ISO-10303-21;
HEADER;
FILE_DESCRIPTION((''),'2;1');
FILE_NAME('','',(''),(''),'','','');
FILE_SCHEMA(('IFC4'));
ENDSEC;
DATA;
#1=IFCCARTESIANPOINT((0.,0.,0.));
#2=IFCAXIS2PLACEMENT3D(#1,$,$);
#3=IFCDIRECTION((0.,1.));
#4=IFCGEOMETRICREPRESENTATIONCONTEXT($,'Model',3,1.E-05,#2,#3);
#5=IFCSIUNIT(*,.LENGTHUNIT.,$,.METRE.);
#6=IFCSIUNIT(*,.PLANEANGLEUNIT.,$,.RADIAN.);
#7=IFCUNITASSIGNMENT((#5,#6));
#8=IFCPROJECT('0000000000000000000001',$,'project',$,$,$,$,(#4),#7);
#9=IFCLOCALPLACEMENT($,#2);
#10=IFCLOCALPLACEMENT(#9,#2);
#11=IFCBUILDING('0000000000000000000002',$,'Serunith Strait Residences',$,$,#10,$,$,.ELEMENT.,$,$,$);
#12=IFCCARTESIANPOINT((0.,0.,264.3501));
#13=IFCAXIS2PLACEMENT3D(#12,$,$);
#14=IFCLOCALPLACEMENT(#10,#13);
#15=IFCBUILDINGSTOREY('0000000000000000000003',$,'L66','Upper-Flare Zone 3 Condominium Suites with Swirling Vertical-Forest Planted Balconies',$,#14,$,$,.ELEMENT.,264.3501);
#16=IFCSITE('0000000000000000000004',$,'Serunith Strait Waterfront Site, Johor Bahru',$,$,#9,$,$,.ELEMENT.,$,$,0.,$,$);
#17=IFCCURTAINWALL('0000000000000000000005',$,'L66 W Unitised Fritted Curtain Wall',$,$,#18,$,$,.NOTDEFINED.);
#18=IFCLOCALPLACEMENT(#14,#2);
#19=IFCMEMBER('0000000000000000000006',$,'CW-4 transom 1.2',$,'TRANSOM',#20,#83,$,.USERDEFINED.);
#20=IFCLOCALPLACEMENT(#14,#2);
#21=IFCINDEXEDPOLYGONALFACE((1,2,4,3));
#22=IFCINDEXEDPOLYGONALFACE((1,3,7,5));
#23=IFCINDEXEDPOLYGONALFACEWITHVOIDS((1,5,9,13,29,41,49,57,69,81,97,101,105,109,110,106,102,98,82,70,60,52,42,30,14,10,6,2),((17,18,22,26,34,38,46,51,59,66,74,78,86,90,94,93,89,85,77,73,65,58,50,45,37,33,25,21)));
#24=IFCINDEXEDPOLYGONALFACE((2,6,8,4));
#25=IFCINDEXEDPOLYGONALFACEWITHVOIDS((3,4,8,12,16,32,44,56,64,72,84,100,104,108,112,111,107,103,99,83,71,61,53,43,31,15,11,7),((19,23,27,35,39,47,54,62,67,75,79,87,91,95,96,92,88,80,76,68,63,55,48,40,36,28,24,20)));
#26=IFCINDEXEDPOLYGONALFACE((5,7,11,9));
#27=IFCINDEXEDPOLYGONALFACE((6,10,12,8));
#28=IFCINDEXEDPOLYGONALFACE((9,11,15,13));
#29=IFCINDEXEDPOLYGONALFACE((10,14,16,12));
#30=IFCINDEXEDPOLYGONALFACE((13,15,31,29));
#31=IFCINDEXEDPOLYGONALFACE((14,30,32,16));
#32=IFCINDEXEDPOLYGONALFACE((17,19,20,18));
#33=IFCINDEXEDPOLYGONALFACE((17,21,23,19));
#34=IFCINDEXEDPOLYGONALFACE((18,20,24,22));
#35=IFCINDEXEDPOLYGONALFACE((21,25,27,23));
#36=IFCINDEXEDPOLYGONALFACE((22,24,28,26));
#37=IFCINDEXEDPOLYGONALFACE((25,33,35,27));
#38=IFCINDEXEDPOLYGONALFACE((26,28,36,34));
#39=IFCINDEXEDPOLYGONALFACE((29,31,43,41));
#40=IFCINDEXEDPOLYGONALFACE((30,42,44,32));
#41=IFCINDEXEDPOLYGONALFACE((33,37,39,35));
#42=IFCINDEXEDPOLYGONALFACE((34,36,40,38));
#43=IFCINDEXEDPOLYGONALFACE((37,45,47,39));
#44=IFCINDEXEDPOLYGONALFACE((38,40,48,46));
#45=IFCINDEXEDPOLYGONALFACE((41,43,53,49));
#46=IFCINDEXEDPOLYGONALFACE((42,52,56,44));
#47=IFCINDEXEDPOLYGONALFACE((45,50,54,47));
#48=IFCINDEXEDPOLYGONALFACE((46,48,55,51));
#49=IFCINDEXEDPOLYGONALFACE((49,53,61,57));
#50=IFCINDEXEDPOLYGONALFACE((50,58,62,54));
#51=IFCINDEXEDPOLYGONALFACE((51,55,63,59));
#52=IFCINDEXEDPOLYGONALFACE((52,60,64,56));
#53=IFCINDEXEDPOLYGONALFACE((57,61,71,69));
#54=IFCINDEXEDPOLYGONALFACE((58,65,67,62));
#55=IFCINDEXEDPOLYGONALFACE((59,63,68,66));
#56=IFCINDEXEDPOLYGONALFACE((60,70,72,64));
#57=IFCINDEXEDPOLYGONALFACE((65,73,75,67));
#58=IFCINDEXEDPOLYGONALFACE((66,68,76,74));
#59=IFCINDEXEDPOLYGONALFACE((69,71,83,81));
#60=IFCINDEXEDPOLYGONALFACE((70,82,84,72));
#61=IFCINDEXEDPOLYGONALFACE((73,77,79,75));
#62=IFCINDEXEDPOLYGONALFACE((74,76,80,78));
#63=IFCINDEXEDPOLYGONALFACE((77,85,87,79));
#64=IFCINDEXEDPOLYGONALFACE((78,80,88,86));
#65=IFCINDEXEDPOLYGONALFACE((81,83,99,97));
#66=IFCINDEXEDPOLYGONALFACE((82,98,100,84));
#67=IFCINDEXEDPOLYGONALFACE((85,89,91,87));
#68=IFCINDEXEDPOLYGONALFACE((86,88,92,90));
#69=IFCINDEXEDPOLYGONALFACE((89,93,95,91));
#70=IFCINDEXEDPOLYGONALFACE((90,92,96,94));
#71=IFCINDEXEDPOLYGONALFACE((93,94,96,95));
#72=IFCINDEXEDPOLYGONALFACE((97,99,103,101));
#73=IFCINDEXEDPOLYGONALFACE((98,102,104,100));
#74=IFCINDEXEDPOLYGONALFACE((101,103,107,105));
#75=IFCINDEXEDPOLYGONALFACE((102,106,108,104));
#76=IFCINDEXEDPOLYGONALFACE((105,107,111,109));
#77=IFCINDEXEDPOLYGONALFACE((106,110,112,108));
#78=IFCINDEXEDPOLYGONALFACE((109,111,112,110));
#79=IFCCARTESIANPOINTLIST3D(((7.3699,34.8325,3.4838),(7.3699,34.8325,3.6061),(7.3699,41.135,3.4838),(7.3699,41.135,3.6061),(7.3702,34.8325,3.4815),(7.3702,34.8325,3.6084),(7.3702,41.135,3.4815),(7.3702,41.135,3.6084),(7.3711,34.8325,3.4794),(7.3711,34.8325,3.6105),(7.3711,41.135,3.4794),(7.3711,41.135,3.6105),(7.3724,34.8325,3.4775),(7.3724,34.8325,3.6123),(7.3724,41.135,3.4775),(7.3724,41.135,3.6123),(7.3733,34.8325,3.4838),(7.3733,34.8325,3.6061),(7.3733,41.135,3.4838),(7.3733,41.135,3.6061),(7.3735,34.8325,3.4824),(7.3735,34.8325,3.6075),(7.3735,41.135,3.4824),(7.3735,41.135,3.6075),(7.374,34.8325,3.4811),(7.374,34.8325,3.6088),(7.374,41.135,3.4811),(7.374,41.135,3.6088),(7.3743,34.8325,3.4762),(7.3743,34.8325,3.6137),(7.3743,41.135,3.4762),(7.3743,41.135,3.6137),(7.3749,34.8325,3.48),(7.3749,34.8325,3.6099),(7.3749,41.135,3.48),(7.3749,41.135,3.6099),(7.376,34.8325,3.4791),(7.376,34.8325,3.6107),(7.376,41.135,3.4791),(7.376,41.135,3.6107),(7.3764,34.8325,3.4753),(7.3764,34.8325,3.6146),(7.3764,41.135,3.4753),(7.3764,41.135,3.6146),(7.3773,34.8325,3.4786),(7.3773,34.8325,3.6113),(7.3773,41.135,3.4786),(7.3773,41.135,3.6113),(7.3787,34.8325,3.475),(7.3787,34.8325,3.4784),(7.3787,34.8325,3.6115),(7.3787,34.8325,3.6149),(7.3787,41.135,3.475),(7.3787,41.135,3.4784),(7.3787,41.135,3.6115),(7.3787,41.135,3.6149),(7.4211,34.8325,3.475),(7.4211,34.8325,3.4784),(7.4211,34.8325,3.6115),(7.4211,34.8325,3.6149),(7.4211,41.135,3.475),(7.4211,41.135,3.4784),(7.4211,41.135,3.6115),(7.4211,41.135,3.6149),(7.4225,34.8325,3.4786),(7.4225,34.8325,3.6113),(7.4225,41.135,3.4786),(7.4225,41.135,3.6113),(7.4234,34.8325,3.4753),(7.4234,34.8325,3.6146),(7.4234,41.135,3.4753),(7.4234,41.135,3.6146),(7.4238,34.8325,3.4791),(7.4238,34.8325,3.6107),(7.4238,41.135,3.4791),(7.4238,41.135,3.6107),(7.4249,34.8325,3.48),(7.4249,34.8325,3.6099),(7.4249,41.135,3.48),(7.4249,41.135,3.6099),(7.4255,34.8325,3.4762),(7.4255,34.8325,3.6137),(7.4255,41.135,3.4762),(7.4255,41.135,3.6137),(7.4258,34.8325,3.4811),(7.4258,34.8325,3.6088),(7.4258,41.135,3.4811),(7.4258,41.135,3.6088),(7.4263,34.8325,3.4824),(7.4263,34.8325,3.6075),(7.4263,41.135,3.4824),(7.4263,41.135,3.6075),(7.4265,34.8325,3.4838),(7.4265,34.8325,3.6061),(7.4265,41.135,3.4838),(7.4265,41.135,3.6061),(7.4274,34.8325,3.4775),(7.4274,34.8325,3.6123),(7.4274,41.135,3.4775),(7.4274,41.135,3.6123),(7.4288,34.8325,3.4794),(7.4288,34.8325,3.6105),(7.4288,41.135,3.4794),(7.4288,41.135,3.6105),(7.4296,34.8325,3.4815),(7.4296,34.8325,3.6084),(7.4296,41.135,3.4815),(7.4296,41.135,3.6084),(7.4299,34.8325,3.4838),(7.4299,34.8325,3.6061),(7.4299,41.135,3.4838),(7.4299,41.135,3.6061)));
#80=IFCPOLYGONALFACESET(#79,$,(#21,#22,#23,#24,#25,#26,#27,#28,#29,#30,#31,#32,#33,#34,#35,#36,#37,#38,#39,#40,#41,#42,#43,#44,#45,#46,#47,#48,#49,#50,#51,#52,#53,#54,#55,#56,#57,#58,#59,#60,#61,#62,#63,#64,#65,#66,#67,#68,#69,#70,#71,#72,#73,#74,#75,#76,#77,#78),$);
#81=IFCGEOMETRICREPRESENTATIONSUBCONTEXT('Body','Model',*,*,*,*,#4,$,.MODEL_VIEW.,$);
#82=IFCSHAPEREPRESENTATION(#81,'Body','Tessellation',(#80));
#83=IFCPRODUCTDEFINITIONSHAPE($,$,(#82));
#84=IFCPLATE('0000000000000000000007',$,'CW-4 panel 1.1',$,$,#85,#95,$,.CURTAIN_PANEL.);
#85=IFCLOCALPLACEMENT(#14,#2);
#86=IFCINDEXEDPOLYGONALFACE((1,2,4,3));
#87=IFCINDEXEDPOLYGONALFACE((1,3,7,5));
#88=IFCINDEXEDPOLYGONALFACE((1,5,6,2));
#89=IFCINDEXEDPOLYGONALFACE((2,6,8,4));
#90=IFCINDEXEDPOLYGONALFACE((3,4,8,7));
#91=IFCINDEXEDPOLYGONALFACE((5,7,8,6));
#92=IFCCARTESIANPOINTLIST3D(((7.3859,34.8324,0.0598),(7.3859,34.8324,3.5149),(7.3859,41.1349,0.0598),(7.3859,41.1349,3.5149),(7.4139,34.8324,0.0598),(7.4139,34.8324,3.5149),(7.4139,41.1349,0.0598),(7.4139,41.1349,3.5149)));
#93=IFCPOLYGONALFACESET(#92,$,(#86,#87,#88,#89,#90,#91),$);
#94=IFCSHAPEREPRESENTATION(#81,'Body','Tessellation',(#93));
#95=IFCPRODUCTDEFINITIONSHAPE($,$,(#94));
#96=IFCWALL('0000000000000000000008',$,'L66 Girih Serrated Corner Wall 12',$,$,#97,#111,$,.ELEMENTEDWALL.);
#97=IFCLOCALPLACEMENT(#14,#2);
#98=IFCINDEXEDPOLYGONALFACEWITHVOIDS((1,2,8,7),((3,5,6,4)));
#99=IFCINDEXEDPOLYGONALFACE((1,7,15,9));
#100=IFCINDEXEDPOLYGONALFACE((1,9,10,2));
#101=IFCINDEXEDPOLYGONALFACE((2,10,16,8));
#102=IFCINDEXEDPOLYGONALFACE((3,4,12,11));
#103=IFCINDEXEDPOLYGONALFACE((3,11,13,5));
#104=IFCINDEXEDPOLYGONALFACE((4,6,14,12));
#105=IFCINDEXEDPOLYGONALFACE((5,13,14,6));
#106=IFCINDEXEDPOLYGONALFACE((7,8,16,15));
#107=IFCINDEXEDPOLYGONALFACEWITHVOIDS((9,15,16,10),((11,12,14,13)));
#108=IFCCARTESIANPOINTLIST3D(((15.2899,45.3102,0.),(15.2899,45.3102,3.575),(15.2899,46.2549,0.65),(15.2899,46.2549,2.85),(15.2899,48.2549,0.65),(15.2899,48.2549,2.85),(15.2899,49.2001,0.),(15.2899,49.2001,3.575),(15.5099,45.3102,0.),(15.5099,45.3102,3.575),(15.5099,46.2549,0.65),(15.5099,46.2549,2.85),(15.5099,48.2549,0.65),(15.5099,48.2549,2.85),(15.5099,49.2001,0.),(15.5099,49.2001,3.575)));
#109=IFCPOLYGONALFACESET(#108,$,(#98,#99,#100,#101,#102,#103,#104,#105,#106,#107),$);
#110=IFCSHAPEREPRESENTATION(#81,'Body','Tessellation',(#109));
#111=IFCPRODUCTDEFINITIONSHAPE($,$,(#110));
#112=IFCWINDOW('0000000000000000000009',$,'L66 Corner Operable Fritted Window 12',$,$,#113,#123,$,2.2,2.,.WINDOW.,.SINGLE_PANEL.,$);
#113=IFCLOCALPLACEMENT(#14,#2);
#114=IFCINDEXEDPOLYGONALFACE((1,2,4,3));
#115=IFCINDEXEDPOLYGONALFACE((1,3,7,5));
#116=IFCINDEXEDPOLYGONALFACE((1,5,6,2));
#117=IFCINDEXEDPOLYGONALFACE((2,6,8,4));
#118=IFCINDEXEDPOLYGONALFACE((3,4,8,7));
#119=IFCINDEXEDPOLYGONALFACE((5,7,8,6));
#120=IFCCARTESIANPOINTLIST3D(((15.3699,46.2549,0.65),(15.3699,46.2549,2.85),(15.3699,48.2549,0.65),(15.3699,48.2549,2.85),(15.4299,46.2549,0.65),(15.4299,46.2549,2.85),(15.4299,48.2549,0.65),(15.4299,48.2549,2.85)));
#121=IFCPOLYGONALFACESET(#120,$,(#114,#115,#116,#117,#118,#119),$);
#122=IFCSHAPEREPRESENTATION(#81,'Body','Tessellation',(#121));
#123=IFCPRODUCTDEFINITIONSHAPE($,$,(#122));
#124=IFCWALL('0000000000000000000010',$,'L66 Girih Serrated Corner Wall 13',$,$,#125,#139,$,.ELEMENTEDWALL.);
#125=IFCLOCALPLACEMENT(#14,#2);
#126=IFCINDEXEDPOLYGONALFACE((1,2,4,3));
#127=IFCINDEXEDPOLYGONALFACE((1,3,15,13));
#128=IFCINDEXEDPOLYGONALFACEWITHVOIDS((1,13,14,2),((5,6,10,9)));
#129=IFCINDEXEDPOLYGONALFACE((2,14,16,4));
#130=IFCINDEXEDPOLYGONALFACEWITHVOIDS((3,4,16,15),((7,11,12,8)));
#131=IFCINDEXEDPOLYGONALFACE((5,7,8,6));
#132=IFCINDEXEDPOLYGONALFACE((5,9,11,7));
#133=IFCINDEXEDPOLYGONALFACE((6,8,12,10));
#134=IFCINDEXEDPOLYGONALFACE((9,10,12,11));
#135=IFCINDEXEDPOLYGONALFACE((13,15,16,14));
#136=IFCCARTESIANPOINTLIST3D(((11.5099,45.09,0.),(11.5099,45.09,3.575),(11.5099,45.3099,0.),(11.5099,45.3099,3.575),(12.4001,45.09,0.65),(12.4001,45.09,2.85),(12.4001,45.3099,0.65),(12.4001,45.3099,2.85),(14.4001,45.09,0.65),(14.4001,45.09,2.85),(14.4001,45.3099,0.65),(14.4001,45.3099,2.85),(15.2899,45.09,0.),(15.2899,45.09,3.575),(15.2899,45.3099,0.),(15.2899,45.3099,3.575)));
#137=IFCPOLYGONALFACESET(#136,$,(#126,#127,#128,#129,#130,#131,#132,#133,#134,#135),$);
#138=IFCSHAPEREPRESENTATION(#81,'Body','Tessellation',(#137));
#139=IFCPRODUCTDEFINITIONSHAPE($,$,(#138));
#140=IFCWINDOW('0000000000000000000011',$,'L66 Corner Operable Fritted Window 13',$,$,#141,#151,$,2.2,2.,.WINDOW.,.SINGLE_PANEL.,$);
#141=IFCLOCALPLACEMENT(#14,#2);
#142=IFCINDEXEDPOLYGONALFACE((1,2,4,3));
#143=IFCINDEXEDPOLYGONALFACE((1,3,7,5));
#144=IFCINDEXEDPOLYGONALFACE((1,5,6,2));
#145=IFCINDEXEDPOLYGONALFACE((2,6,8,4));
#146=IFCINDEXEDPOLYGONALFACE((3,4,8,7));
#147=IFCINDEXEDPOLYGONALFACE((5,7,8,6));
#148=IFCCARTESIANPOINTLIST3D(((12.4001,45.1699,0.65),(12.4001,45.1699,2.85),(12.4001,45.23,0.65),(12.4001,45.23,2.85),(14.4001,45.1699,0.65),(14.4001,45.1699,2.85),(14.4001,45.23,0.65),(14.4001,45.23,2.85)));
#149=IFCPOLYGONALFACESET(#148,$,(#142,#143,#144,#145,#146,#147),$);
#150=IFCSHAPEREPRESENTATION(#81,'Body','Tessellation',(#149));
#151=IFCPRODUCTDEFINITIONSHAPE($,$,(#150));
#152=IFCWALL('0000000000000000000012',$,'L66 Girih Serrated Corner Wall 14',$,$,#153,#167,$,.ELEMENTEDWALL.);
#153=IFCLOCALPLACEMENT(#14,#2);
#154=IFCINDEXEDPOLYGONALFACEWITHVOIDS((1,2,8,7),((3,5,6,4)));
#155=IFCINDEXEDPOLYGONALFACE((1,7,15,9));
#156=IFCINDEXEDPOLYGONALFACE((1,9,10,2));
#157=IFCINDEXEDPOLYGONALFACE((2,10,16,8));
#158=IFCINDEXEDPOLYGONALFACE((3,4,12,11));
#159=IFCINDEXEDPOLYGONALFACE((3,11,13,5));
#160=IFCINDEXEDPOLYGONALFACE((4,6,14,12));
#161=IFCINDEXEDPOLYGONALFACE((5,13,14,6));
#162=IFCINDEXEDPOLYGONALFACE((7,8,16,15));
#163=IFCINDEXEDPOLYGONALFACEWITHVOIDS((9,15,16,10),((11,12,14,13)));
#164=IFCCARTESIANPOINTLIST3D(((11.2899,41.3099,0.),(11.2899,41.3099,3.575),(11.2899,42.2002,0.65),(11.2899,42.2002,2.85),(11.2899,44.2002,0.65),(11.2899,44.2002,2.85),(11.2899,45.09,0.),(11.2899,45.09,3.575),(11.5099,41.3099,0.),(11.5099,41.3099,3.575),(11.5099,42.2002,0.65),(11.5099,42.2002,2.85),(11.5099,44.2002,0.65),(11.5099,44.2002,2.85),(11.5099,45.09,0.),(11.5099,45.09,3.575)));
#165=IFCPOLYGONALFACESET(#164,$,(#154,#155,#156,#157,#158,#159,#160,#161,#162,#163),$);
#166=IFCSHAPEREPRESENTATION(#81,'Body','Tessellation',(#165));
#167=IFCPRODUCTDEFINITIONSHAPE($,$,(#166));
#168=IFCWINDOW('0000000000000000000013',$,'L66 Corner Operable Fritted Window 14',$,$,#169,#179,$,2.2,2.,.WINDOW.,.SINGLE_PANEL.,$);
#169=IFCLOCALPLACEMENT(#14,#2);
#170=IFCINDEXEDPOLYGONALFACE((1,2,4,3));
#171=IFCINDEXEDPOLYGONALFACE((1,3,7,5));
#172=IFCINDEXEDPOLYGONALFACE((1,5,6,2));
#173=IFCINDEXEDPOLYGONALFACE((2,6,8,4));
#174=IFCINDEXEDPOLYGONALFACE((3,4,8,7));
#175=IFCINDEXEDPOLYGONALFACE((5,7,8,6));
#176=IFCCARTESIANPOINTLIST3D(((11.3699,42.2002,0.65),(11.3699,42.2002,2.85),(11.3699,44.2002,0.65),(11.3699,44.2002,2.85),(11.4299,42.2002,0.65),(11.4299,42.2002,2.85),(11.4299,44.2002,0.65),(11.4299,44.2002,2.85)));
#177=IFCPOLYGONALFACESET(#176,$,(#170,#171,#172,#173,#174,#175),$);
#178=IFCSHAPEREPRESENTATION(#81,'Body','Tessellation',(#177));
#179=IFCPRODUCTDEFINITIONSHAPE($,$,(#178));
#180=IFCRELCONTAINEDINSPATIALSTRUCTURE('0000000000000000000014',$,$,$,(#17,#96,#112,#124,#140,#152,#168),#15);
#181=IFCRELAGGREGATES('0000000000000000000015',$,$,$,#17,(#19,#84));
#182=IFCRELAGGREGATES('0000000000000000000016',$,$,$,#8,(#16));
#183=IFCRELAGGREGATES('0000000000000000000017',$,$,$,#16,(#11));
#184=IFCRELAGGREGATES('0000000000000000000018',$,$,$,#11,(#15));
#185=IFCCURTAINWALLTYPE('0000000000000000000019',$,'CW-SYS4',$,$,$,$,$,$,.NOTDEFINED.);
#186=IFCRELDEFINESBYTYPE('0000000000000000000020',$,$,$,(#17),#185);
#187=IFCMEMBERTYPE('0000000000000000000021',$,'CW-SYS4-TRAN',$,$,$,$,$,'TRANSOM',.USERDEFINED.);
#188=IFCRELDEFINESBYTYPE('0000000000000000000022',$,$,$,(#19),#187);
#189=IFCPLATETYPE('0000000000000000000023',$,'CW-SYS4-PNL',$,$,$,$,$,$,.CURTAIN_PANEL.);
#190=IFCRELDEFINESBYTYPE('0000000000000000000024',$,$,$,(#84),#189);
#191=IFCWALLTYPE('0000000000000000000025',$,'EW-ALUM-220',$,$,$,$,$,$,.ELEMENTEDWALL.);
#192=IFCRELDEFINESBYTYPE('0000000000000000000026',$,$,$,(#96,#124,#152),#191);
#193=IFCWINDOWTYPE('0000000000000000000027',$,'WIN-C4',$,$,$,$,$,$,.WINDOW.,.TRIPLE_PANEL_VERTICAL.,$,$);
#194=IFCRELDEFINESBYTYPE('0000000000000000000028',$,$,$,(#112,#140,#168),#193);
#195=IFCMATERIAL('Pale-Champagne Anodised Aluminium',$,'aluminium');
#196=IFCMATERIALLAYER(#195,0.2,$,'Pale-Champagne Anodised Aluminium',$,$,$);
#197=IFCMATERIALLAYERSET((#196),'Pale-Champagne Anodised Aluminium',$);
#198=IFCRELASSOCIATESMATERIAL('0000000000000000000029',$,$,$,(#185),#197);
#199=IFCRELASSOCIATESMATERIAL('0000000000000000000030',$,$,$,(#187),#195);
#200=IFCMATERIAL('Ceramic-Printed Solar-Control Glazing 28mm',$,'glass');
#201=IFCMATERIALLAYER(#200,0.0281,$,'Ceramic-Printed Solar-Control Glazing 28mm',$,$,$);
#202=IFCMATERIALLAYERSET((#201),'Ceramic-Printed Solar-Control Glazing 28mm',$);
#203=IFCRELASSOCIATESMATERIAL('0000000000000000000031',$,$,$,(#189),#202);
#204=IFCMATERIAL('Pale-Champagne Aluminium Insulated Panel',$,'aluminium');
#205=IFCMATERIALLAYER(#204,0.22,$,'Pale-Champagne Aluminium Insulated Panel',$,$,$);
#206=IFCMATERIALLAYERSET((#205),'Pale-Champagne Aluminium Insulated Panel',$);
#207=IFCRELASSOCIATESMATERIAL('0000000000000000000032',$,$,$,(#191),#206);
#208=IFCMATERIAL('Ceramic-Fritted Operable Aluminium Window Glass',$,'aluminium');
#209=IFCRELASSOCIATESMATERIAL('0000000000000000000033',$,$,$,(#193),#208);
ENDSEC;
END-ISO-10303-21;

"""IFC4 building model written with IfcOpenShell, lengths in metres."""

from ifc_helpers import new_model, si_unit, direction, frame, frame_2d, origin, origin_2d, place, context, subcontext, project, spatial, rectangle, hollow_rectangle, extrude, source, transform, mapped, material, layer, layer_set, material_profile, profile_set, type_object, element, fill, aggregate, save


model = new_model("IFC4")

# Units and contexts
model_context = context("Model", 3, precision=1e-05, world=origin(), true_north=direction((0.0, 1.0)))
body_context = subcontext(model_context, "Body", "Model", "MODEL_VIEW")
ifc_project = project(units=[si_unit("LENGTHUNIT", "METRE"), si_unit("PLANEANGLEUNIT", "RADIAN")], contexts=[model_context])

# Site, building, storey
site_placement = place(None, origin())
site = spatial("IfcSite", under=ifc_project, at=site_placement, Name="Serunith Strait Waterfront Site, Johor Bahru", CompositionType="ELEMENT", RefElevation=0.0)
building_placement = place(site_placement, origin())
building = spatial("IfcBuilding", under=site, at=building_placement, Name="Serunith Strait Residences", CompositionType="ELEMENT")
storey_placement = place(building_placement, frame((0.0, 0.0, 264.3501)))
storey = spatial("IfcBuildingStorey", under=building, at=storey_placement, Name="L66", Description="Upper-Flare Zone 3 Condominium Suites with Swirling Vertical-Forest Planted Balconies", CompositionType="ELEMENT", Elevation=264.3501)

# Shared definitions
ifc_material_1 = material(Name="Pale-Champagne Anodised Aluminium", Category="aluminium")
ifc_layer_1 = layer(ifc_material_1, 0.2, Name="Pale-Champagne Anodised Aluminium")
ifc_layer_set_1 = layer_set([ifc_layer_1], Name="Pale-Champagne Anodised Aluminium")
curtain_wall_type = type_object("IfcCurtainWallType", Name="CW-SYS4", PredefinedType="NOTDEFINED", material=ifc_layer_set_1)

# Curtain wall, member, plate
curtain_wall_1_placement = place(storey_placement, origin())
curtain_wall_1 = element("IfcCurtainWall", 1, at=curtain_wall_1_placement, inside=storey, type_object=curtain_wall_type, Name="L66 W Unitised Fritted Curtain Wall", PredefinedType="NOTDEFINED")
ifc_material_profile_1 = material_profile(ifc_material_1, hollow_rectangle(XDim=0.0601, YDim=0.1399, WallThickness=0.0034, InnerFilletRadius=0.0054, OuterFilletRadius=0.0088, at=origin_2d()), Name="ALU 140x60x3.5")
ifc_profile_set_1 = profile_set([ifc_material_profile_1], Name="Pale-Champagne Anodised Aluminium")
member_type_1 = type_object("IfcMemberType", Name="CW-SYS4-TRAN", ElementType="TRANSOM", PredefinedType="USERDEFINED", material=ifc_profile_set_1)
shared_shape_1 = source(origin(), body_context, "Body", "SweptSolid", [
    extrude(hollow_rectangle(XDim=0.0601, YDim=0.1399, WallThickness=0.0034, InnerFilletRadius=0.0054, OuterFilletRadius=0.0088, at=origin_2d()), origin(), (0.0, 0.0, 1.0), 6.3025),
])
member_1_placement = place(storey_placement, frame((7.3999, 41.135, 3.5449), z_axis=(0.0, -1.0, 0.0), x_axis=(1.0, 0.0, 0.0)))
member_1 = element("IfcMember", 2, at=member_1_placement, type_object=member_type_1, Name="CW-4 transom 1.2", ObjectType="TRANSOM", PredefinedType="USERDEFINED", context=body_context, shape_type="MappedRepresentation", body=[
    mapped(shared_shape_1, transform((0.0, 0.0, 0.0), scale=1.0)),
])
ifc_material_2 = material(Name="Ceramic-Printed Solar-Control Glazing 28mm", Category="glass")
ifc_layer_2 = layer(ifc_material_2, 0.0281, Name="Ceramic-Printed Solar-Control Glazing 28mm")
ifc_layer_set_2 = layer_set([ifc_layer_2], Name="Ceramic-Printed Solar-Control Glazing 28mm")
plate_type = type_object("IfcPlateType", Name="CW-SYS4-PNL", PredefinedType="CURTAIN_PANEL", material=ifc_layer_set_2)
shared_shape_2 = source(origin(), body_context, "Body", "SweptSolid", [
    extrude(rectangle(XDim=6.3025, YDim=0.0281, at=origin_2d()), origin(), (0.0, 0.0, 1.0), 3.4551),
])
plate_placement = place(storey_placement, frame((7.3999, 37.9836, 0.0598), z_axis=(0.0, 0.0, 1.0), x_axis=(0.0, -1.0, 0.0)))
plate = element("IfcPlate", 3, at=plate_placement, type_object=plate_type, Name="CW-4 panel 1.1", PredefinedType="CURTAIN_PANEL", context=body_context, shape_type="MappedRepresentation", body=[
    mapped(shared_shape_2, transform((0.0, 0.0, 0.0), scale=1.0)),
])
aggregate(curtain_wall_1, [member_1, plate])

# Walls, openings, windows
ifc_material_3 = material(Name="Pale-Champagne Aluminium Insulated Panel", Category="aluminium")
ifc_layer_3 = layer(ifc_material_3, 0.22, Name="Pale-Champagne Aluminium Insulated Panel")
ifc_layer_set_3 = layer_set([ifc_layer_3], Name="Pale-Champagne Aluminium Insulated Panel")
wall_type_1 = type_object("IfcWallType", Name="EW-ALUM-220", PredefinedType="ELEMENTEDWALL", material=ifc_layer_set_3)
wall_1_placement = place(storey_placement, frame((15.3999, 49.2, 0.0), z_axis=(0.0, 0.0, 1.0), x_axis=(0.0, -1.0, 0.0)))
wall_1 = element("IfcWall", 4, at=wall_1_placement, inside=storey, type_object=wall_type_1, Name="L66 Girih Serrated Corner Wall 12", PredefinedType="ELEMENTEDWALL", context=body_context, shape_type="SweptSolid", body=[
    extrude(rectangle(XDim=3.8899, YDim=0.22, at=frame_2d((1.9448, 0.0))), origin(), (0.0, 0.0, 1.0), 3.575),
])
opening_1_placement = place(wall_1_placement, frame((0.9451, 0.0, 0.6499)))
opening_1 = element("IfcOpeningElement", 5, at=opening_1_placement, cuts=wall_1, PredefinedType="OPENING", context=body_context, shape_type="SweptSolid", body=[
    extrude(rectangle(XDim=2.0, YDim=2.2, at=frame_2d((1.0, 1.1001))), frame((0.0, 0.1201, 0.0), z_axis=(0.0, -1.0, 0.0), x_axis=(1.0, 0.0, 0.0)), (0.0, 0.0, 1.0), 0.24),
])
ifc_material_4 = material(Name="Ceramic-Fritted Operable Aluminium Window Glass", Category="aluminium")
window_type = type_object("IfcWindowType", Name="WIN-C4", PartitioningType="TRIPLE_PANEL_VERTICAL", PredefinedType="WINDOW", material=ifc_material_4)
shared_shape_3 = source(origin(), body_context, "Body", "SweptSolid", [
    extrude(rectangle(XDim=2.0, YDim=2.2, at=frame_2d((1.0, 1.1001))), frame((0.0, 0.03, 0.0), z_axis=(0.0, -1.0, 0.0), x_axis=(1.0, 0.0, 0.0)), (0.0, 0.0, 1.0), 0.0601),
])
window_1_placement = place(opening_1_placement, origin())
window_1 = element("IfcWindow", 6, at=window_1_placement, inside=storey, type_object=window_type, Name="L66 Corner Operable Fritted Window 12", OverallHeight=2.2, OverallWidth=2.0, PartitioningType="SINGLE_PANEL", PredefinedType="WINDOW", context=body_context, shape_type="MappedRepresentation", body=[
    mapped(shared_shape_3, transform((0.0, 0.0, 0.0), scale=1.0)),
])
fill(opening_1, window_1)
wall_2_placement = place(storey_placement, frame((15.29, 45.2, 0.0), z_axis=(0.0, 0.0, 1.0), x_axis=(-1.0, 0.0, 0.0)))
wall_2 = element("IfcWall", 7, at=wall_2_placement, inside=storey, type_object=wall_type_1, Name="L66 Girih Serrated Corner Wall 13", PredefinedType="ELEMENTEDWALL", context=body_context, shape_type="SweptSolid", body=[
    extrude(rectangle(XDim=3.78, YDim=0.22, at=frame_2d((1.8901, 0.0))), origin(), (0.0, 0.0, 1.0), 3.575),
])
opening_2_placement = place(wall_2_placement, frame((0.8899, 0.0, 0.6499)))
opening_2 = element("IfcOpeningElement", 8, at=opening_2_placement, cuts=wall_2, PredefinedType="OPENING", context=body_context, shape_type="SweptSolid", body=[
    extrude(rectangle(XDim=2.0, YDim=2.2, at=frame_2d((1.0, 1.1001))), frame((0.0, 0.1201, 0.0), z_axis=(0.0, -1.0, 0.0), x_axis=(1.0, 0.0, 0.0)), (0.0, 0.0, 1.0), 0.24),
])
window_2_placement = place(opening_2_placement, origin())
window_2 = element("IfcWindow", 9, at=window_2_placement, inside=storey, type_object=window_type, Name="L66 Corner Operable Fritted Window 13", OverallHeight=2.2, OverallWidth=2.0, PartitioningType="SINGLE_PANEL", PredefinedType="WINDOW", context=body_context, shape_type="MappedRepresentation", body=[
    mapped(shared_shape_3, transform((0.0, 0.0, 0.0), scale=1.0)),
])
fill(opening_2, window_2)
wall_3_placement = place(storey_placement, frame((11.3999, 45.0901, 0.0), z_axis=(0.0, 0.0, 1.0), x_axis=(0.0, -1.0, 0.0)))
wall_3 = element("IfcWall", 10, at=wall_3_placement, inside=storey, type_object=wall_type_1, Name="L66 Girih Serrated Corner Wall 14", PredefinedType="ELEMENTEDWALL", context=body_context, shape_type="SweptSolid", body=[
    extrude(rectangle(XDim=3.78, YDim=0.22, at=frame_2d((1.8901, 0.0))), origin(), (0.0, 0.0, 1.0), 3.575),
])
opening_3_placement = place(wall_3_placement, frame((0.8899, 0.0, 0.6499)))
opening_3 = element("IfcOpeningElement", 11, at=opening_3_placement, cuts=wall_3, PredefinedType="OPENING", context=body_context, shape_type="SweptSolid", body=[
    extrude(rectangle(XDim=2.0, YDim=2.2, at=frame_2d((1.0, 1.1001))), frame((0.0, 0.1201, 0.0), z_axis=(0.0, -1.0, 0.0), x_axis=(1.0, 0.0, 0.0)), (0.0, 0.0, 1.0), 0.24),
])
window_3_placement = place(opening_3_placement, origin())
window_3 = element("IfcWindow", 12, at=window_3_placement, inside=storey, type_object=window_type, Name="L66 Corner Operable Fritted Window 14", OverallHeight=2.2, OverallWidth=2.0, PartitioningType="SINGLE_PANEL", PredefinedType="WINDOW", context=body_context, shape_type="MappedRepresentation", body=[
    mapped(shared_shape_3, transform((0.0, 0.0, 0.0), scale=1.0)),
])
fill(opening_3, window_3)

save(model, "model.ifc")
